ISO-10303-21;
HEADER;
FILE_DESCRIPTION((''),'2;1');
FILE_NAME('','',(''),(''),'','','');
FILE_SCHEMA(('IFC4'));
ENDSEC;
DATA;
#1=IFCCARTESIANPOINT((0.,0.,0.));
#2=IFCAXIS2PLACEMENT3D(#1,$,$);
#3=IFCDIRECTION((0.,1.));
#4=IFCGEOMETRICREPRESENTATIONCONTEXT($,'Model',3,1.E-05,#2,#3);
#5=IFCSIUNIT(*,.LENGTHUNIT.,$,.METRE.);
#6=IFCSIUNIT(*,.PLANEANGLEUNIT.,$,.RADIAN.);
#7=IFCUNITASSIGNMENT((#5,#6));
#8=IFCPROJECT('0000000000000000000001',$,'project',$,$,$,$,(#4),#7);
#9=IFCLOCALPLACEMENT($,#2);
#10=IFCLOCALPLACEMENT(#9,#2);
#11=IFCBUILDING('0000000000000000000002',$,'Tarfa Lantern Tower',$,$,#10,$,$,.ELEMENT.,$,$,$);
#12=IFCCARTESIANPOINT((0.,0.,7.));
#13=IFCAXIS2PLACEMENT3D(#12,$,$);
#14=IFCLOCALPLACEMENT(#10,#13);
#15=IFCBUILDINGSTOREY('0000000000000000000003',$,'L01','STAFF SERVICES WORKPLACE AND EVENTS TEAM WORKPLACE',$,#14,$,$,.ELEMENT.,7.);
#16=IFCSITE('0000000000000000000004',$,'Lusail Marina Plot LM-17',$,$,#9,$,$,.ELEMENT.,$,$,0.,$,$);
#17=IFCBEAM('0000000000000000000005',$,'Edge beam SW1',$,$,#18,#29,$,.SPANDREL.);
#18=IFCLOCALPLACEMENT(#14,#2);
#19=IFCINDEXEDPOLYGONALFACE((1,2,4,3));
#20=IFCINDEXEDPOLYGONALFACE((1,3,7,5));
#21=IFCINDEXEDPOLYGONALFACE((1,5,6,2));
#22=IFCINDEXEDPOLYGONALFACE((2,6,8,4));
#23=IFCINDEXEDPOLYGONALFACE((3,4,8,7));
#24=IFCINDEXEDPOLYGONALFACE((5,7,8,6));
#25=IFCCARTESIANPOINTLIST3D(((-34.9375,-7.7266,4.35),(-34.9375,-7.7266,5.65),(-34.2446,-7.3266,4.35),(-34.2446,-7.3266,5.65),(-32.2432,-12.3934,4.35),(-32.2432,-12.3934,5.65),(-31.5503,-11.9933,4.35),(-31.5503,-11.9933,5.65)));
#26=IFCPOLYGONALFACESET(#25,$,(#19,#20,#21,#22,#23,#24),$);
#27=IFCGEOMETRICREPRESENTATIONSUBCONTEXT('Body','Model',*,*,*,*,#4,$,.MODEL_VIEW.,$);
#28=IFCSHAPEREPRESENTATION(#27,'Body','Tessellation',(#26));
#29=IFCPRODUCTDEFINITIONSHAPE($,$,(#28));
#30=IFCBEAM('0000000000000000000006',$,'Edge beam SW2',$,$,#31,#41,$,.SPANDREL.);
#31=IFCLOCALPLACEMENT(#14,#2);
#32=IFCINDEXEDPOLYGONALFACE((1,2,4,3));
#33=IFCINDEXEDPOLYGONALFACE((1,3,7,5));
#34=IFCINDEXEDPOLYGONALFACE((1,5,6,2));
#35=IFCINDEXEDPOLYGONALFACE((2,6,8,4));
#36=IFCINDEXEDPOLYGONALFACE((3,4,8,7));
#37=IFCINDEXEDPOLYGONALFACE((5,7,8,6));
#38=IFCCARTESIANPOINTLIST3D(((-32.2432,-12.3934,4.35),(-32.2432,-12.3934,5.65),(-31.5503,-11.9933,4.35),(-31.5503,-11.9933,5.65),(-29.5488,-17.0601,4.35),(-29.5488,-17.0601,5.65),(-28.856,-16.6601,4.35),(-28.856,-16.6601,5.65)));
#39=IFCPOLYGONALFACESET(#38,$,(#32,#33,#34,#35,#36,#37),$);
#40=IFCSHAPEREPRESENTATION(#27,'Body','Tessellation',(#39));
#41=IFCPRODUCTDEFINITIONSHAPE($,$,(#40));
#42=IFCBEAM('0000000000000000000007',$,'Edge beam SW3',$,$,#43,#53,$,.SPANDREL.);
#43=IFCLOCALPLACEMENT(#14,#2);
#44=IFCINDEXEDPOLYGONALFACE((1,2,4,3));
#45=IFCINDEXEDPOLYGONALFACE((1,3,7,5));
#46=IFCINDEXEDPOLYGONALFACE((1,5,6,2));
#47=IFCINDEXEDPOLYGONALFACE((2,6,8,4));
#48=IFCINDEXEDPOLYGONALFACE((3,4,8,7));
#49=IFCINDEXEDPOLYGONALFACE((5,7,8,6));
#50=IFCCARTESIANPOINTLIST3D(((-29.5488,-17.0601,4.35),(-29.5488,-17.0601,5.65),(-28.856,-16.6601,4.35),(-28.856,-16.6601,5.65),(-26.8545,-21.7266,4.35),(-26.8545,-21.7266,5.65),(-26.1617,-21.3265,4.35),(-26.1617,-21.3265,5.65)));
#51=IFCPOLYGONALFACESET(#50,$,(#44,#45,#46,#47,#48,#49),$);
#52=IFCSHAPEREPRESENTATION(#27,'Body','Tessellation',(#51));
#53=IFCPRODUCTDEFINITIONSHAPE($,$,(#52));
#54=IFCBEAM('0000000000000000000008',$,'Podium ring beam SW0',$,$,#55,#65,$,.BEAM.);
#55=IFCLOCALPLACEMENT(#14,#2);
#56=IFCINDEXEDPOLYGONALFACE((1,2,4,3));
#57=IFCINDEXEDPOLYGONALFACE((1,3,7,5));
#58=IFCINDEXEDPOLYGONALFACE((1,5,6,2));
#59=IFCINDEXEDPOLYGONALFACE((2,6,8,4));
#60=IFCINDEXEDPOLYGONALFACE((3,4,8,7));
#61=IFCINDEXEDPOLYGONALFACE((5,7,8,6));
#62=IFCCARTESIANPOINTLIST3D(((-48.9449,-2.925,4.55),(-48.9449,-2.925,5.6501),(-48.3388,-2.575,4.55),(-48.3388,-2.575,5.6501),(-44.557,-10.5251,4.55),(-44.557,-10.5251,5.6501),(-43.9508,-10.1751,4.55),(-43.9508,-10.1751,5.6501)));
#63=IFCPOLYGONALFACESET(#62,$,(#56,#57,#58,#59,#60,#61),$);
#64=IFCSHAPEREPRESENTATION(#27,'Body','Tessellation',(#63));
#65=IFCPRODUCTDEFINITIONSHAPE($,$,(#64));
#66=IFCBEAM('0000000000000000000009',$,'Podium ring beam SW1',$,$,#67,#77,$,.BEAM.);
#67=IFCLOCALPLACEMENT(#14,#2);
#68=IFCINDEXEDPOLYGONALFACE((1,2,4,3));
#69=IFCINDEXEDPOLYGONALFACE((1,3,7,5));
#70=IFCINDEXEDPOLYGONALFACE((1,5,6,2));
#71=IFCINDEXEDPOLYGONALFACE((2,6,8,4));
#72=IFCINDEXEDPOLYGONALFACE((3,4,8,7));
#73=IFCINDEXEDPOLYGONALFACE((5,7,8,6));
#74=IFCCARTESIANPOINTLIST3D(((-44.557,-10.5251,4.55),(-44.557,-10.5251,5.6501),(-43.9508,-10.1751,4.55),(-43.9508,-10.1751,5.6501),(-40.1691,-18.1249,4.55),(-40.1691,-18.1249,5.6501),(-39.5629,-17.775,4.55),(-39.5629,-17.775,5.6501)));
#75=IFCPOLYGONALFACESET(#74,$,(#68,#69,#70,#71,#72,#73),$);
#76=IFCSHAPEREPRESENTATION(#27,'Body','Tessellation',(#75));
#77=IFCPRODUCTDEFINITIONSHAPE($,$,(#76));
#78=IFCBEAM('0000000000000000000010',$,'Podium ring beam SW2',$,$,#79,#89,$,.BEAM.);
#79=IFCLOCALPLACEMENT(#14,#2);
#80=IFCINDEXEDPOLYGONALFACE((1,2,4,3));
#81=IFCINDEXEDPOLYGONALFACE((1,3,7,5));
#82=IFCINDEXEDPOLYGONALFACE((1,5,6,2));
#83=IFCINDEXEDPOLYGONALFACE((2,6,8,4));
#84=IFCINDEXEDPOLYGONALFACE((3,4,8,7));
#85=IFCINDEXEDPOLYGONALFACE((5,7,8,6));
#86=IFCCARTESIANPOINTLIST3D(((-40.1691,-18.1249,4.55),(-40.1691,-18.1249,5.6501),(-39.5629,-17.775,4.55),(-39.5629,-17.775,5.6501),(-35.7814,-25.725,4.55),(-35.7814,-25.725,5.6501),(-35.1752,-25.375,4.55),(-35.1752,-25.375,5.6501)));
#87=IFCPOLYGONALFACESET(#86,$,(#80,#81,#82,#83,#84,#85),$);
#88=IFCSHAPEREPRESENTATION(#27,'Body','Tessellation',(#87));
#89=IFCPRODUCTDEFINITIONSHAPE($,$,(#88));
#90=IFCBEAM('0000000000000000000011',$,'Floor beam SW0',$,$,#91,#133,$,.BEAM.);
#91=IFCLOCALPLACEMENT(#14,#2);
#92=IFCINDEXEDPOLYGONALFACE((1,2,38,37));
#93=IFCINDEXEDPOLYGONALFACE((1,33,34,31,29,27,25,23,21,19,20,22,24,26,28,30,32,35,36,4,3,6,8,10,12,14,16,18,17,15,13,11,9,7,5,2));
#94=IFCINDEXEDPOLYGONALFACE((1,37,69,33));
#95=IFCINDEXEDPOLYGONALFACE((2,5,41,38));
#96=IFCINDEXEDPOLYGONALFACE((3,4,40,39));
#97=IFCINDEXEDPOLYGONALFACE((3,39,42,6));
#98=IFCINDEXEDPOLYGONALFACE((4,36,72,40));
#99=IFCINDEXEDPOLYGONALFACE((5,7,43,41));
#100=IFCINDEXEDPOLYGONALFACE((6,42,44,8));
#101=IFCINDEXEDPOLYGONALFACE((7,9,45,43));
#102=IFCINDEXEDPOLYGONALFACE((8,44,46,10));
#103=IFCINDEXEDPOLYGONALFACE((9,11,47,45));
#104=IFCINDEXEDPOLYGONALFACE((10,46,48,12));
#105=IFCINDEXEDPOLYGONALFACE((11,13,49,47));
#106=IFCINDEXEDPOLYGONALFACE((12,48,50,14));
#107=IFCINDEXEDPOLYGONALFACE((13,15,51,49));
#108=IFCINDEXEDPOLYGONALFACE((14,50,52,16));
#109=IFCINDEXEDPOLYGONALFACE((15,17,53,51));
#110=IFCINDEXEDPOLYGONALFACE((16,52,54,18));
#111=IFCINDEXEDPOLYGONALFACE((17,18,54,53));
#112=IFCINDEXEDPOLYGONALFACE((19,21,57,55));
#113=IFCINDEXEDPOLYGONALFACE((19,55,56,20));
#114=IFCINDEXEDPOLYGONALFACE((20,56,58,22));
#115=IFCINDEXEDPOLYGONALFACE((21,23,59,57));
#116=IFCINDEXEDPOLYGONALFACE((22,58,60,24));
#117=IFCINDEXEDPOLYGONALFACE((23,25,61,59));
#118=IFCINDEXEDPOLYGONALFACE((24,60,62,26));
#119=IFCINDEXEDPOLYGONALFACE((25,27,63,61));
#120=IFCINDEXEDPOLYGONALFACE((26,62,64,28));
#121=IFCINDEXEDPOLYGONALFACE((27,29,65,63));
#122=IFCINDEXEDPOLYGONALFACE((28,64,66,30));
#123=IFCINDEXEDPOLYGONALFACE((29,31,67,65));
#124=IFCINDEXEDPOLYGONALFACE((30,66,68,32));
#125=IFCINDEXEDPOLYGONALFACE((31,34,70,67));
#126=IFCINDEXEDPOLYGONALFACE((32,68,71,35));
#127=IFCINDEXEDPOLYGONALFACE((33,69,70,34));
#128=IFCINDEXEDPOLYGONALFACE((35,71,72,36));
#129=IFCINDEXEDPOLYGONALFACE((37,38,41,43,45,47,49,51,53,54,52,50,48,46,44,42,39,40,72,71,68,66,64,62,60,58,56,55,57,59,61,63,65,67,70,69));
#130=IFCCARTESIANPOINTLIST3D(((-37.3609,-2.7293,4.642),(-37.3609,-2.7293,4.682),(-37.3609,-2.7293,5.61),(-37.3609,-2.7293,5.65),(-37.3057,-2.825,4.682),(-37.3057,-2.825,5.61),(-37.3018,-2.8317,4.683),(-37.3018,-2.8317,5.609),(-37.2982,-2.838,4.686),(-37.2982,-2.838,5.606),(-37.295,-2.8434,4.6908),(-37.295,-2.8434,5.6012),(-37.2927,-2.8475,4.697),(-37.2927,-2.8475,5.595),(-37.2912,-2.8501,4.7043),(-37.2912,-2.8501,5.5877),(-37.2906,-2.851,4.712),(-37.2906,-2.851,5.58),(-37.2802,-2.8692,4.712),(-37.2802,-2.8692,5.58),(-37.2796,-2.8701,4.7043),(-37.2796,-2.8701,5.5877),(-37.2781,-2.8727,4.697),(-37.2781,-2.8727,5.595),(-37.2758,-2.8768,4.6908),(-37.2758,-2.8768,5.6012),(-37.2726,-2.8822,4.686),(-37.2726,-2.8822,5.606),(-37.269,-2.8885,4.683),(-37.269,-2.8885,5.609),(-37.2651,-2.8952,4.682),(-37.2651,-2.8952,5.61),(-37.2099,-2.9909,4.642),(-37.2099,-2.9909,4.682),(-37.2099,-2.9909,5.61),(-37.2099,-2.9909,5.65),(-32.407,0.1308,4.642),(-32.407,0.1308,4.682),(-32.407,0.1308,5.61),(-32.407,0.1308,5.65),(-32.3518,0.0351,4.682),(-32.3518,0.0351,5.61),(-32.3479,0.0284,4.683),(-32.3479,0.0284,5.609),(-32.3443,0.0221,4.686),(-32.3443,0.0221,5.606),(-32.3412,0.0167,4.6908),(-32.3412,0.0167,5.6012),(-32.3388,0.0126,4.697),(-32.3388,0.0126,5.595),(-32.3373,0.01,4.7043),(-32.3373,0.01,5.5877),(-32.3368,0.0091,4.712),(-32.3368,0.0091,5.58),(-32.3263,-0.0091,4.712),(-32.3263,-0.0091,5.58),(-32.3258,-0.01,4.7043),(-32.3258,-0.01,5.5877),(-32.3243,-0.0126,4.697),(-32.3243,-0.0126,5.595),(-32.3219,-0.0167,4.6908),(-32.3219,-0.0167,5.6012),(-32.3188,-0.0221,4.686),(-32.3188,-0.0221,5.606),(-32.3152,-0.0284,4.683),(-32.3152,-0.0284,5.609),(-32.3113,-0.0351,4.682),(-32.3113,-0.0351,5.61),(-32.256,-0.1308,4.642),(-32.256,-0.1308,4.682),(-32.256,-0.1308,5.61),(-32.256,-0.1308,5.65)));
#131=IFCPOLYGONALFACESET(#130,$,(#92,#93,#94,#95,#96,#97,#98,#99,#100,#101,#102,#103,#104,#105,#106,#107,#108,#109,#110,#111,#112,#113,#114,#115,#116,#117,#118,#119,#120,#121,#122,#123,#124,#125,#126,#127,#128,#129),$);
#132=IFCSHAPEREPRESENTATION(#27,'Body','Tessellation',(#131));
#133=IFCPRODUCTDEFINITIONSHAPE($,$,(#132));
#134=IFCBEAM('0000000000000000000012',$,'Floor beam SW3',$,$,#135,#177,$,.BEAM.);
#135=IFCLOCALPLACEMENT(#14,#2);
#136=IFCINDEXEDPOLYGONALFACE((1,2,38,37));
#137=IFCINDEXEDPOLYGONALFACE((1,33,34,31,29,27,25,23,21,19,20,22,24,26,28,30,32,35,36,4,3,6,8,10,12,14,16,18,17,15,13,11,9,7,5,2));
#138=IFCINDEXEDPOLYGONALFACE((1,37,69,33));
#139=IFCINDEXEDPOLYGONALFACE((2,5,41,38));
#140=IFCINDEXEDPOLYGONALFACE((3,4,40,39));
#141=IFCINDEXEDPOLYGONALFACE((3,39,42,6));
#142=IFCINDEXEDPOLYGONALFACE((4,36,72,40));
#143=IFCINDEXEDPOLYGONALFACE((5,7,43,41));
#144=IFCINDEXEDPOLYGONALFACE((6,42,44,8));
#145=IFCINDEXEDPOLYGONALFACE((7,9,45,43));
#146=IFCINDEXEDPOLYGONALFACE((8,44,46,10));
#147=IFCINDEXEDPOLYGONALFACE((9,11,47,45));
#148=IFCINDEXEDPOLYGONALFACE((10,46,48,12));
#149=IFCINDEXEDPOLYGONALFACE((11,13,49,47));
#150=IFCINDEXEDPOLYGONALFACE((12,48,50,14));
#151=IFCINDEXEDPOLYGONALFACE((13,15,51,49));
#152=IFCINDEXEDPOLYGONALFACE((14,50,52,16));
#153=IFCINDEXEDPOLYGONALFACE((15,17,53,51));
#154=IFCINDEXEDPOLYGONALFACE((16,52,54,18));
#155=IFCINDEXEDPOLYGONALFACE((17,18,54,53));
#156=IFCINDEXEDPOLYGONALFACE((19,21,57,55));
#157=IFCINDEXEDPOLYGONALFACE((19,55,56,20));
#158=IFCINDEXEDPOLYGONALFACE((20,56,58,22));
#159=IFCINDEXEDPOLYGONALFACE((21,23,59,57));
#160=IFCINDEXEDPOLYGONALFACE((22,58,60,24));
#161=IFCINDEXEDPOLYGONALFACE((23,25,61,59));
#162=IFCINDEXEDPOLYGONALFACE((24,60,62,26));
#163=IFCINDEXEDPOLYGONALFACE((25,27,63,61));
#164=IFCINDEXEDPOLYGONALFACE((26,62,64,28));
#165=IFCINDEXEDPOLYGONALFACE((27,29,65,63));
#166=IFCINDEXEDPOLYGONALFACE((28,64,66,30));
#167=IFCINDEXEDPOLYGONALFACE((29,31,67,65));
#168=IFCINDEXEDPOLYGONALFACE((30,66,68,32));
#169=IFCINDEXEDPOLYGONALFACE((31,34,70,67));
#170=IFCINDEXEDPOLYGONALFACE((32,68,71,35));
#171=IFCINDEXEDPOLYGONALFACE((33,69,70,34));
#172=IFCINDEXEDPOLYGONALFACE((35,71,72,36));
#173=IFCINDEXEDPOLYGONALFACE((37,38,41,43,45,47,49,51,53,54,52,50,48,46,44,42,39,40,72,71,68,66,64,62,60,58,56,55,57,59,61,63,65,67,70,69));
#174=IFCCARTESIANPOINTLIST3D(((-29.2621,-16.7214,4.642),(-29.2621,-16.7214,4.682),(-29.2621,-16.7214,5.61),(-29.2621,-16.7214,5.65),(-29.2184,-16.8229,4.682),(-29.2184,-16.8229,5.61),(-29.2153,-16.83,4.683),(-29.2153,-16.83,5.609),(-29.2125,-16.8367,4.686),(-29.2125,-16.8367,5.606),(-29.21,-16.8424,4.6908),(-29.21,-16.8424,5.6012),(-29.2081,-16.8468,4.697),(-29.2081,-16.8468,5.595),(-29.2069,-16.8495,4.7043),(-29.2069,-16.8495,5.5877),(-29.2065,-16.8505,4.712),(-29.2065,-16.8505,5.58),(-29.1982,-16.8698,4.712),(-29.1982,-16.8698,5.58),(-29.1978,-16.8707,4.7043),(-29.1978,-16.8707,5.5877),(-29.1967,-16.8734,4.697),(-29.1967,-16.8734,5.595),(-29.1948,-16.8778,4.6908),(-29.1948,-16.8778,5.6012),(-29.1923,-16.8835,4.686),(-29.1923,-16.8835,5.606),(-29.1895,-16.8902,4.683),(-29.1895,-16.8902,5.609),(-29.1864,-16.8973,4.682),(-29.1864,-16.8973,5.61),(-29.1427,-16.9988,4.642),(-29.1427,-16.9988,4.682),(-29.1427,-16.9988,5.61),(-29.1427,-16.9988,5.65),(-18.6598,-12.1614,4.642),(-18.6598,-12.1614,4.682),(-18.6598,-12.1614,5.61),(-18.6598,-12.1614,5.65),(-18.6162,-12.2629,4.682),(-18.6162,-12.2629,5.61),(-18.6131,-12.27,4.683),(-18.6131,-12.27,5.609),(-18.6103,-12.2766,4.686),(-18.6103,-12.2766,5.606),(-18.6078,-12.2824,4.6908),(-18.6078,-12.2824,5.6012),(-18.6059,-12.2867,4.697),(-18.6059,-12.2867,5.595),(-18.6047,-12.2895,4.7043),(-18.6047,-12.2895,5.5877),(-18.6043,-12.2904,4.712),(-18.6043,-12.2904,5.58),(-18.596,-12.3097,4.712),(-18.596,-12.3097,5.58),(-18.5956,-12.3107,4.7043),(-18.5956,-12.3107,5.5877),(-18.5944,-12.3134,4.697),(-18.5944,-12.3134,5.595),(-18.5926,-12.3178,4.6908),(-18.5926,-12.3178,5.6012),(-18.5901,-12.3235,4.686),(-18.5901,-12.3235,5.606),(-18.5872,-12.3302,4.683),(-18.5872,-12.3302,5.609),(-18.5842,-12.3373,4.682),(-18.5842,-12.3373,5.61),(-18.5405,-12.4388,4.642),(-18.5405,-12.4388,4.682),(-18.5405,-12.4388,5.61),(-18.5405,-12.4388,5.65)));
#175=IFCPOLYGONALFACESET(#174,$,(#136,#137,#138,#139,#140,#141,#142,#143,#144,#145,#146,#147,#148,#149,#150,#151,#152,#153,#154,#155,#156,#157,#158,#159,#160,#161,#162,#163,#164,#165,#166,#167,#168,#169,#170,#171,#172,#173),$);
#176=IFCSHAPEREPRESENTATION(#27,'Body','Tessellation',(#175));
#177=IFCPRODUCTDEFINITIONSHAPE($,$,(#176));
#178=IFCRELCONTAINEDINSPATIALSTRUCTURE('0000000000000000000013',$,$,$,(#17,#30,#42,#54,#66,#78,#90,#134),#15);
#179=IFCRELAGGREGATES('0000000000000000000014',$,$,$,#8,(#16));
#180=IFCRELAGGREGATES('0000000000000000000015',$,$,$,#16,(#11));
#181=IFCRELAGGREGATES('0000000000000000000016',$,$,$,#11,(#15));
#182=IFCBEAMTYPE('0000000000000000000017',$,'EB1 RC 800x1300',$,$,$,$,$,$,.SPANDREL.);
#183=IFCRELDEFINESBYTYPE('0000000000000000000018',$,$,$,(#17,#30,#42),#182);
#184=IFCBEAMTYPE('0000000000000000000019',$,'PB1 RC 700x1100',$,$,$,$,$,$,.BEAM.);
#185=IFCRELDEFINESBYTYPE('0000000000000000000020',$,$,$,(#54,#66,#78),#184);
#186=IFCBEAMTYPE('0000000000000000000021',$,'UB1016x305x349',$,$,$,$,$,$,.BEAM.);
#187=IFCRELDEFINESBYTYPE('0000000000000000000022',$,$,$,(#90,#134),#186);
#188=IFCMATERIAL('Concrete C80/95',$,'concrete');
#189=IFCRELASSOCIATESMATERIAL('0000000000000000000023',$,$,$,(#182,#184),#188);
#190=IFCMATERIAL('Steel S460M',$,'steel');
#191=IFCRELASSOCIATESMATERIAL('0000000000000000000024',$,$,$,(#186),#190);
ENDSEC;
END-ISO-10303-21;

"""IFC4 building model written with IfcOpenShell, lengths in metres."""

from ifc_helpers import new_model, si_unit, direction, frame, origin, origin_2d, place, context, subcontext, project, spatial, rectangle, i_section, extrude, material, material_profile, profile_set, type_object, element, save


model = new_model("IFC4")

# Units and contexts
model_context = context("Model", 3, precision=1e-05, world=origin(), true_north=direction((0.0, 1.0)))
body_context = subcontext(model_context, "Body", "Model", "MODEL_VIEW")
ifc_project = project(units=[si_unit("LENGTHUNIT", "METRE"), si_unit("PLANEANGLEUNIT", "RADIAN")], contexts=[model_context])

# Site, building, storey
site_placement = place(None, origin())
site = spatial("IfcSite", under=ifc_project, at=site_placement, Name="Lusail Marina Plot LM-17", CompositionType="ELEMENT", RefElevation=0.0)
building_placement = place(site_placement, origin())
building = spatial("IfcBuilding", under=site, at=building_placement, Name="Tarfa Lantern Tower", CompositionType="ELEMENT")
storey_placement = place(building_placement, frame((0.0, 0.0, 7.0)))
storey = spatial("IfcBuildingStorey", under=building, at=storey_placement, Name="L01", Description="STAFF SERVICES WORKPLACE AND EVENTS TEAM WORKPLACE", CompositionType="ELEMENT", Elevation=7.0)

# Shared definitions
ifc_material_1 = material(Name="Concrete C80/95", Category="concrete")

# Beams
ifc_material_profile_1 = material_profile(ifc_material_1, rectangle(XDim=0.8, YDim=1.3, at=origin_2d()), Name="RC 800x1300")
ifc_profile_set_1 = profile_set([ifc_material_profile_1], Name="Concrete C80/95")
beam_type_1 = type_object("IfcBeamType", Name="EB1 RC 800x1300", PredefinedType="SPANDREL", material=ifc_profile_set_1)
for number, where, z_axis, x_axis, name in (
    (1, (-34.5911, -7.5266, 5.0), (0.499998, -0.866026, 0.0), (0.866026, 0.499998, 0.0), "Edge beam SW1"),
    (2, (-31.8967, -12.1934, 5.0), (0.499998, -0.866026, 0.0), (0.866026, 0.499998, 0.0), "Edge beam SW2"),
):
    element("IfcBeam", number, at=place(storey_placement, frame(where, z_axis=z_axis, x_axis=x_axis)), inside=storey, type_object=beam_type_1, Name=name, PredefinedType="SPANDREL", context=body_context, shape_type="SweptSolid", body=[
        extrude(rectangle(XDim=0.8, YDim=1.3, at=origin_2d()), origin(), (0.0, 0.0, 1.0), 5.3887),
    ])
beam_1_placement = place(storey_placement, frame((-29.2024, -16.8601, 5.0), z_axis=(0.500018, -0.866015, 0.0), x_axis=(0.866015, 0.500018, 0.0)))
element("IfcBeam", 3, at=beam_1_placement, inside=storey, type_object=beam_type_1, Name="Edge beam SW3", PredefinedType="SPANDREL", context=body_context, shape_type="SweptSolid", body=[
    extrude(rectangle(XDim=0.8, YDim=1.3, at=origin_2d()), origin(), (0.0, 0.0, 1.0), 5.3884),
])
ifc_material_profile_2 = material_profile(ifc_material_1, rectangle(XDim=0.7, YDim=1.1001, at=origin_2d()), Name="RC 700x1100")
ifc_profile_set_2 = profile_set([ifc_material_profile_2], Name="Concrete C80/95")
beam_type_2 = type_object("IfcBeamType", Name="PB1 RC 700x1100", PredefinedType="BEAM", material=ifc_profile_set_2)
beam_2_placement = place(storey_placement, frame((-48.6418, -2.75, 5.1001), z_axis=(0.500002, -0.866024, 0.0), x_axis=(0.866024, 0.500002, 0.0)))
element("IfcBeam", 4, at=beam_2_placement, inside=storey, type_object=beam_type_2, Name="Podium ring beam SW0", PredefinedType="BEAM", context=body_context, shape_type="SweptSolid", body=[
    extrude(rectangle(XDim=0.7, YDim=1.1001, at=origin_2d()), origin(), (0.0, 0.0, 1.0), 8.7759),
])
for number, where, z_axis, x_axis, name in (
    (5, (-44.2539, -10.3501, 5.1001), (0.500014, -0.866017, 0.0), (0.866017, 0.500014, 0.0), "Podium ring beam SW1"),
    (6, (-39.866, -17.95, 5.1001), (0.499981, -0.866036, 0.0), (0.866036, 0.499981, 0.0), "Podium ring beam SW2"),
):
    element("IfcBeam", number, at=place(storey_placement, frame(where, z_axis=z_axis, x_axis=x_axis)), inside=storey, type_object=beam_type_2, Name=name, PredefinedType="BEAM", context=body_context, shape_type="SweptSolid", body=[
        extrude(rectangle(XDim=0.7, YDim=1.1001, at=origin_2d()), origin(), (0.0, 0.0, 1.0), 8.7756),
    ])
ifc_material_2 = material(Name="Steel S460M", Category="steel")
ifc_material_profile_3 = material_profile(ifc_material_2, i_section(OverallWidth=0.302, OverallDepth=1.0081, WebThickness=0.021, FlangeThickness=0.04, FilletRadius=0.03, at=origin_2d()), Name="UB1016x305x349")
ifc_profile_set_3 = profile_set([ifc_material_profile_3], Name="Steel S460M")
beam_type_3 = type_object("IfcBeamType", Name="UB1016x305x349", PredefinedType="BEAM", material=ifc_profile_set_3)
beam_3_placement = place(storey_placement, frame((-37.2854, -2.8601, 5.146), z_axis=(0.866026, 0.5, 0.0), x_axis=(-0.5, 0.866026, 0.0)))
element("IfcBeam", 7, at=beam_3_placement, inside=storey, type_object=beam_type_3, Name="Floor beam SW0", PredefinedType="BEAM", context=body_context, shape_type="SweptSolid", body=[
    extrude(i_section(OverallWidth=0.302, OverallDepth=1.0081, WebThickness=0.021, FlangeThickness=0.04, FilletRadius=0.03, at=origin_2d()), origin(), (0.0, 0.0, 1.0), 5.7202),
])
beam_4_placement = place(storey_placement, frame((-29.2024, -16.8601, 5.146), z_axis=(0.918635, 0.395106, 0.0), x_axis=(-0.395106, 0.918635, 0.0)))
element("IfcBeam", 8, at=beam_4_placement, inside=storey, type_object=beam_type_3, Name="Floor beam SW3", PredefinedType="BEAM", context=body_context, shape_type="SweptSolid", body=[
    extrude(i_section(OverallWidth=0.302, OverallDepth=1.0081, WebThickness=0.021, FlangeThickness=0.04, FilletRadius=0.03, at=origin_2d()), origin(), (0.0, 0.0, 1.0), 11.5413),
])

save(model, "model.ifc")
